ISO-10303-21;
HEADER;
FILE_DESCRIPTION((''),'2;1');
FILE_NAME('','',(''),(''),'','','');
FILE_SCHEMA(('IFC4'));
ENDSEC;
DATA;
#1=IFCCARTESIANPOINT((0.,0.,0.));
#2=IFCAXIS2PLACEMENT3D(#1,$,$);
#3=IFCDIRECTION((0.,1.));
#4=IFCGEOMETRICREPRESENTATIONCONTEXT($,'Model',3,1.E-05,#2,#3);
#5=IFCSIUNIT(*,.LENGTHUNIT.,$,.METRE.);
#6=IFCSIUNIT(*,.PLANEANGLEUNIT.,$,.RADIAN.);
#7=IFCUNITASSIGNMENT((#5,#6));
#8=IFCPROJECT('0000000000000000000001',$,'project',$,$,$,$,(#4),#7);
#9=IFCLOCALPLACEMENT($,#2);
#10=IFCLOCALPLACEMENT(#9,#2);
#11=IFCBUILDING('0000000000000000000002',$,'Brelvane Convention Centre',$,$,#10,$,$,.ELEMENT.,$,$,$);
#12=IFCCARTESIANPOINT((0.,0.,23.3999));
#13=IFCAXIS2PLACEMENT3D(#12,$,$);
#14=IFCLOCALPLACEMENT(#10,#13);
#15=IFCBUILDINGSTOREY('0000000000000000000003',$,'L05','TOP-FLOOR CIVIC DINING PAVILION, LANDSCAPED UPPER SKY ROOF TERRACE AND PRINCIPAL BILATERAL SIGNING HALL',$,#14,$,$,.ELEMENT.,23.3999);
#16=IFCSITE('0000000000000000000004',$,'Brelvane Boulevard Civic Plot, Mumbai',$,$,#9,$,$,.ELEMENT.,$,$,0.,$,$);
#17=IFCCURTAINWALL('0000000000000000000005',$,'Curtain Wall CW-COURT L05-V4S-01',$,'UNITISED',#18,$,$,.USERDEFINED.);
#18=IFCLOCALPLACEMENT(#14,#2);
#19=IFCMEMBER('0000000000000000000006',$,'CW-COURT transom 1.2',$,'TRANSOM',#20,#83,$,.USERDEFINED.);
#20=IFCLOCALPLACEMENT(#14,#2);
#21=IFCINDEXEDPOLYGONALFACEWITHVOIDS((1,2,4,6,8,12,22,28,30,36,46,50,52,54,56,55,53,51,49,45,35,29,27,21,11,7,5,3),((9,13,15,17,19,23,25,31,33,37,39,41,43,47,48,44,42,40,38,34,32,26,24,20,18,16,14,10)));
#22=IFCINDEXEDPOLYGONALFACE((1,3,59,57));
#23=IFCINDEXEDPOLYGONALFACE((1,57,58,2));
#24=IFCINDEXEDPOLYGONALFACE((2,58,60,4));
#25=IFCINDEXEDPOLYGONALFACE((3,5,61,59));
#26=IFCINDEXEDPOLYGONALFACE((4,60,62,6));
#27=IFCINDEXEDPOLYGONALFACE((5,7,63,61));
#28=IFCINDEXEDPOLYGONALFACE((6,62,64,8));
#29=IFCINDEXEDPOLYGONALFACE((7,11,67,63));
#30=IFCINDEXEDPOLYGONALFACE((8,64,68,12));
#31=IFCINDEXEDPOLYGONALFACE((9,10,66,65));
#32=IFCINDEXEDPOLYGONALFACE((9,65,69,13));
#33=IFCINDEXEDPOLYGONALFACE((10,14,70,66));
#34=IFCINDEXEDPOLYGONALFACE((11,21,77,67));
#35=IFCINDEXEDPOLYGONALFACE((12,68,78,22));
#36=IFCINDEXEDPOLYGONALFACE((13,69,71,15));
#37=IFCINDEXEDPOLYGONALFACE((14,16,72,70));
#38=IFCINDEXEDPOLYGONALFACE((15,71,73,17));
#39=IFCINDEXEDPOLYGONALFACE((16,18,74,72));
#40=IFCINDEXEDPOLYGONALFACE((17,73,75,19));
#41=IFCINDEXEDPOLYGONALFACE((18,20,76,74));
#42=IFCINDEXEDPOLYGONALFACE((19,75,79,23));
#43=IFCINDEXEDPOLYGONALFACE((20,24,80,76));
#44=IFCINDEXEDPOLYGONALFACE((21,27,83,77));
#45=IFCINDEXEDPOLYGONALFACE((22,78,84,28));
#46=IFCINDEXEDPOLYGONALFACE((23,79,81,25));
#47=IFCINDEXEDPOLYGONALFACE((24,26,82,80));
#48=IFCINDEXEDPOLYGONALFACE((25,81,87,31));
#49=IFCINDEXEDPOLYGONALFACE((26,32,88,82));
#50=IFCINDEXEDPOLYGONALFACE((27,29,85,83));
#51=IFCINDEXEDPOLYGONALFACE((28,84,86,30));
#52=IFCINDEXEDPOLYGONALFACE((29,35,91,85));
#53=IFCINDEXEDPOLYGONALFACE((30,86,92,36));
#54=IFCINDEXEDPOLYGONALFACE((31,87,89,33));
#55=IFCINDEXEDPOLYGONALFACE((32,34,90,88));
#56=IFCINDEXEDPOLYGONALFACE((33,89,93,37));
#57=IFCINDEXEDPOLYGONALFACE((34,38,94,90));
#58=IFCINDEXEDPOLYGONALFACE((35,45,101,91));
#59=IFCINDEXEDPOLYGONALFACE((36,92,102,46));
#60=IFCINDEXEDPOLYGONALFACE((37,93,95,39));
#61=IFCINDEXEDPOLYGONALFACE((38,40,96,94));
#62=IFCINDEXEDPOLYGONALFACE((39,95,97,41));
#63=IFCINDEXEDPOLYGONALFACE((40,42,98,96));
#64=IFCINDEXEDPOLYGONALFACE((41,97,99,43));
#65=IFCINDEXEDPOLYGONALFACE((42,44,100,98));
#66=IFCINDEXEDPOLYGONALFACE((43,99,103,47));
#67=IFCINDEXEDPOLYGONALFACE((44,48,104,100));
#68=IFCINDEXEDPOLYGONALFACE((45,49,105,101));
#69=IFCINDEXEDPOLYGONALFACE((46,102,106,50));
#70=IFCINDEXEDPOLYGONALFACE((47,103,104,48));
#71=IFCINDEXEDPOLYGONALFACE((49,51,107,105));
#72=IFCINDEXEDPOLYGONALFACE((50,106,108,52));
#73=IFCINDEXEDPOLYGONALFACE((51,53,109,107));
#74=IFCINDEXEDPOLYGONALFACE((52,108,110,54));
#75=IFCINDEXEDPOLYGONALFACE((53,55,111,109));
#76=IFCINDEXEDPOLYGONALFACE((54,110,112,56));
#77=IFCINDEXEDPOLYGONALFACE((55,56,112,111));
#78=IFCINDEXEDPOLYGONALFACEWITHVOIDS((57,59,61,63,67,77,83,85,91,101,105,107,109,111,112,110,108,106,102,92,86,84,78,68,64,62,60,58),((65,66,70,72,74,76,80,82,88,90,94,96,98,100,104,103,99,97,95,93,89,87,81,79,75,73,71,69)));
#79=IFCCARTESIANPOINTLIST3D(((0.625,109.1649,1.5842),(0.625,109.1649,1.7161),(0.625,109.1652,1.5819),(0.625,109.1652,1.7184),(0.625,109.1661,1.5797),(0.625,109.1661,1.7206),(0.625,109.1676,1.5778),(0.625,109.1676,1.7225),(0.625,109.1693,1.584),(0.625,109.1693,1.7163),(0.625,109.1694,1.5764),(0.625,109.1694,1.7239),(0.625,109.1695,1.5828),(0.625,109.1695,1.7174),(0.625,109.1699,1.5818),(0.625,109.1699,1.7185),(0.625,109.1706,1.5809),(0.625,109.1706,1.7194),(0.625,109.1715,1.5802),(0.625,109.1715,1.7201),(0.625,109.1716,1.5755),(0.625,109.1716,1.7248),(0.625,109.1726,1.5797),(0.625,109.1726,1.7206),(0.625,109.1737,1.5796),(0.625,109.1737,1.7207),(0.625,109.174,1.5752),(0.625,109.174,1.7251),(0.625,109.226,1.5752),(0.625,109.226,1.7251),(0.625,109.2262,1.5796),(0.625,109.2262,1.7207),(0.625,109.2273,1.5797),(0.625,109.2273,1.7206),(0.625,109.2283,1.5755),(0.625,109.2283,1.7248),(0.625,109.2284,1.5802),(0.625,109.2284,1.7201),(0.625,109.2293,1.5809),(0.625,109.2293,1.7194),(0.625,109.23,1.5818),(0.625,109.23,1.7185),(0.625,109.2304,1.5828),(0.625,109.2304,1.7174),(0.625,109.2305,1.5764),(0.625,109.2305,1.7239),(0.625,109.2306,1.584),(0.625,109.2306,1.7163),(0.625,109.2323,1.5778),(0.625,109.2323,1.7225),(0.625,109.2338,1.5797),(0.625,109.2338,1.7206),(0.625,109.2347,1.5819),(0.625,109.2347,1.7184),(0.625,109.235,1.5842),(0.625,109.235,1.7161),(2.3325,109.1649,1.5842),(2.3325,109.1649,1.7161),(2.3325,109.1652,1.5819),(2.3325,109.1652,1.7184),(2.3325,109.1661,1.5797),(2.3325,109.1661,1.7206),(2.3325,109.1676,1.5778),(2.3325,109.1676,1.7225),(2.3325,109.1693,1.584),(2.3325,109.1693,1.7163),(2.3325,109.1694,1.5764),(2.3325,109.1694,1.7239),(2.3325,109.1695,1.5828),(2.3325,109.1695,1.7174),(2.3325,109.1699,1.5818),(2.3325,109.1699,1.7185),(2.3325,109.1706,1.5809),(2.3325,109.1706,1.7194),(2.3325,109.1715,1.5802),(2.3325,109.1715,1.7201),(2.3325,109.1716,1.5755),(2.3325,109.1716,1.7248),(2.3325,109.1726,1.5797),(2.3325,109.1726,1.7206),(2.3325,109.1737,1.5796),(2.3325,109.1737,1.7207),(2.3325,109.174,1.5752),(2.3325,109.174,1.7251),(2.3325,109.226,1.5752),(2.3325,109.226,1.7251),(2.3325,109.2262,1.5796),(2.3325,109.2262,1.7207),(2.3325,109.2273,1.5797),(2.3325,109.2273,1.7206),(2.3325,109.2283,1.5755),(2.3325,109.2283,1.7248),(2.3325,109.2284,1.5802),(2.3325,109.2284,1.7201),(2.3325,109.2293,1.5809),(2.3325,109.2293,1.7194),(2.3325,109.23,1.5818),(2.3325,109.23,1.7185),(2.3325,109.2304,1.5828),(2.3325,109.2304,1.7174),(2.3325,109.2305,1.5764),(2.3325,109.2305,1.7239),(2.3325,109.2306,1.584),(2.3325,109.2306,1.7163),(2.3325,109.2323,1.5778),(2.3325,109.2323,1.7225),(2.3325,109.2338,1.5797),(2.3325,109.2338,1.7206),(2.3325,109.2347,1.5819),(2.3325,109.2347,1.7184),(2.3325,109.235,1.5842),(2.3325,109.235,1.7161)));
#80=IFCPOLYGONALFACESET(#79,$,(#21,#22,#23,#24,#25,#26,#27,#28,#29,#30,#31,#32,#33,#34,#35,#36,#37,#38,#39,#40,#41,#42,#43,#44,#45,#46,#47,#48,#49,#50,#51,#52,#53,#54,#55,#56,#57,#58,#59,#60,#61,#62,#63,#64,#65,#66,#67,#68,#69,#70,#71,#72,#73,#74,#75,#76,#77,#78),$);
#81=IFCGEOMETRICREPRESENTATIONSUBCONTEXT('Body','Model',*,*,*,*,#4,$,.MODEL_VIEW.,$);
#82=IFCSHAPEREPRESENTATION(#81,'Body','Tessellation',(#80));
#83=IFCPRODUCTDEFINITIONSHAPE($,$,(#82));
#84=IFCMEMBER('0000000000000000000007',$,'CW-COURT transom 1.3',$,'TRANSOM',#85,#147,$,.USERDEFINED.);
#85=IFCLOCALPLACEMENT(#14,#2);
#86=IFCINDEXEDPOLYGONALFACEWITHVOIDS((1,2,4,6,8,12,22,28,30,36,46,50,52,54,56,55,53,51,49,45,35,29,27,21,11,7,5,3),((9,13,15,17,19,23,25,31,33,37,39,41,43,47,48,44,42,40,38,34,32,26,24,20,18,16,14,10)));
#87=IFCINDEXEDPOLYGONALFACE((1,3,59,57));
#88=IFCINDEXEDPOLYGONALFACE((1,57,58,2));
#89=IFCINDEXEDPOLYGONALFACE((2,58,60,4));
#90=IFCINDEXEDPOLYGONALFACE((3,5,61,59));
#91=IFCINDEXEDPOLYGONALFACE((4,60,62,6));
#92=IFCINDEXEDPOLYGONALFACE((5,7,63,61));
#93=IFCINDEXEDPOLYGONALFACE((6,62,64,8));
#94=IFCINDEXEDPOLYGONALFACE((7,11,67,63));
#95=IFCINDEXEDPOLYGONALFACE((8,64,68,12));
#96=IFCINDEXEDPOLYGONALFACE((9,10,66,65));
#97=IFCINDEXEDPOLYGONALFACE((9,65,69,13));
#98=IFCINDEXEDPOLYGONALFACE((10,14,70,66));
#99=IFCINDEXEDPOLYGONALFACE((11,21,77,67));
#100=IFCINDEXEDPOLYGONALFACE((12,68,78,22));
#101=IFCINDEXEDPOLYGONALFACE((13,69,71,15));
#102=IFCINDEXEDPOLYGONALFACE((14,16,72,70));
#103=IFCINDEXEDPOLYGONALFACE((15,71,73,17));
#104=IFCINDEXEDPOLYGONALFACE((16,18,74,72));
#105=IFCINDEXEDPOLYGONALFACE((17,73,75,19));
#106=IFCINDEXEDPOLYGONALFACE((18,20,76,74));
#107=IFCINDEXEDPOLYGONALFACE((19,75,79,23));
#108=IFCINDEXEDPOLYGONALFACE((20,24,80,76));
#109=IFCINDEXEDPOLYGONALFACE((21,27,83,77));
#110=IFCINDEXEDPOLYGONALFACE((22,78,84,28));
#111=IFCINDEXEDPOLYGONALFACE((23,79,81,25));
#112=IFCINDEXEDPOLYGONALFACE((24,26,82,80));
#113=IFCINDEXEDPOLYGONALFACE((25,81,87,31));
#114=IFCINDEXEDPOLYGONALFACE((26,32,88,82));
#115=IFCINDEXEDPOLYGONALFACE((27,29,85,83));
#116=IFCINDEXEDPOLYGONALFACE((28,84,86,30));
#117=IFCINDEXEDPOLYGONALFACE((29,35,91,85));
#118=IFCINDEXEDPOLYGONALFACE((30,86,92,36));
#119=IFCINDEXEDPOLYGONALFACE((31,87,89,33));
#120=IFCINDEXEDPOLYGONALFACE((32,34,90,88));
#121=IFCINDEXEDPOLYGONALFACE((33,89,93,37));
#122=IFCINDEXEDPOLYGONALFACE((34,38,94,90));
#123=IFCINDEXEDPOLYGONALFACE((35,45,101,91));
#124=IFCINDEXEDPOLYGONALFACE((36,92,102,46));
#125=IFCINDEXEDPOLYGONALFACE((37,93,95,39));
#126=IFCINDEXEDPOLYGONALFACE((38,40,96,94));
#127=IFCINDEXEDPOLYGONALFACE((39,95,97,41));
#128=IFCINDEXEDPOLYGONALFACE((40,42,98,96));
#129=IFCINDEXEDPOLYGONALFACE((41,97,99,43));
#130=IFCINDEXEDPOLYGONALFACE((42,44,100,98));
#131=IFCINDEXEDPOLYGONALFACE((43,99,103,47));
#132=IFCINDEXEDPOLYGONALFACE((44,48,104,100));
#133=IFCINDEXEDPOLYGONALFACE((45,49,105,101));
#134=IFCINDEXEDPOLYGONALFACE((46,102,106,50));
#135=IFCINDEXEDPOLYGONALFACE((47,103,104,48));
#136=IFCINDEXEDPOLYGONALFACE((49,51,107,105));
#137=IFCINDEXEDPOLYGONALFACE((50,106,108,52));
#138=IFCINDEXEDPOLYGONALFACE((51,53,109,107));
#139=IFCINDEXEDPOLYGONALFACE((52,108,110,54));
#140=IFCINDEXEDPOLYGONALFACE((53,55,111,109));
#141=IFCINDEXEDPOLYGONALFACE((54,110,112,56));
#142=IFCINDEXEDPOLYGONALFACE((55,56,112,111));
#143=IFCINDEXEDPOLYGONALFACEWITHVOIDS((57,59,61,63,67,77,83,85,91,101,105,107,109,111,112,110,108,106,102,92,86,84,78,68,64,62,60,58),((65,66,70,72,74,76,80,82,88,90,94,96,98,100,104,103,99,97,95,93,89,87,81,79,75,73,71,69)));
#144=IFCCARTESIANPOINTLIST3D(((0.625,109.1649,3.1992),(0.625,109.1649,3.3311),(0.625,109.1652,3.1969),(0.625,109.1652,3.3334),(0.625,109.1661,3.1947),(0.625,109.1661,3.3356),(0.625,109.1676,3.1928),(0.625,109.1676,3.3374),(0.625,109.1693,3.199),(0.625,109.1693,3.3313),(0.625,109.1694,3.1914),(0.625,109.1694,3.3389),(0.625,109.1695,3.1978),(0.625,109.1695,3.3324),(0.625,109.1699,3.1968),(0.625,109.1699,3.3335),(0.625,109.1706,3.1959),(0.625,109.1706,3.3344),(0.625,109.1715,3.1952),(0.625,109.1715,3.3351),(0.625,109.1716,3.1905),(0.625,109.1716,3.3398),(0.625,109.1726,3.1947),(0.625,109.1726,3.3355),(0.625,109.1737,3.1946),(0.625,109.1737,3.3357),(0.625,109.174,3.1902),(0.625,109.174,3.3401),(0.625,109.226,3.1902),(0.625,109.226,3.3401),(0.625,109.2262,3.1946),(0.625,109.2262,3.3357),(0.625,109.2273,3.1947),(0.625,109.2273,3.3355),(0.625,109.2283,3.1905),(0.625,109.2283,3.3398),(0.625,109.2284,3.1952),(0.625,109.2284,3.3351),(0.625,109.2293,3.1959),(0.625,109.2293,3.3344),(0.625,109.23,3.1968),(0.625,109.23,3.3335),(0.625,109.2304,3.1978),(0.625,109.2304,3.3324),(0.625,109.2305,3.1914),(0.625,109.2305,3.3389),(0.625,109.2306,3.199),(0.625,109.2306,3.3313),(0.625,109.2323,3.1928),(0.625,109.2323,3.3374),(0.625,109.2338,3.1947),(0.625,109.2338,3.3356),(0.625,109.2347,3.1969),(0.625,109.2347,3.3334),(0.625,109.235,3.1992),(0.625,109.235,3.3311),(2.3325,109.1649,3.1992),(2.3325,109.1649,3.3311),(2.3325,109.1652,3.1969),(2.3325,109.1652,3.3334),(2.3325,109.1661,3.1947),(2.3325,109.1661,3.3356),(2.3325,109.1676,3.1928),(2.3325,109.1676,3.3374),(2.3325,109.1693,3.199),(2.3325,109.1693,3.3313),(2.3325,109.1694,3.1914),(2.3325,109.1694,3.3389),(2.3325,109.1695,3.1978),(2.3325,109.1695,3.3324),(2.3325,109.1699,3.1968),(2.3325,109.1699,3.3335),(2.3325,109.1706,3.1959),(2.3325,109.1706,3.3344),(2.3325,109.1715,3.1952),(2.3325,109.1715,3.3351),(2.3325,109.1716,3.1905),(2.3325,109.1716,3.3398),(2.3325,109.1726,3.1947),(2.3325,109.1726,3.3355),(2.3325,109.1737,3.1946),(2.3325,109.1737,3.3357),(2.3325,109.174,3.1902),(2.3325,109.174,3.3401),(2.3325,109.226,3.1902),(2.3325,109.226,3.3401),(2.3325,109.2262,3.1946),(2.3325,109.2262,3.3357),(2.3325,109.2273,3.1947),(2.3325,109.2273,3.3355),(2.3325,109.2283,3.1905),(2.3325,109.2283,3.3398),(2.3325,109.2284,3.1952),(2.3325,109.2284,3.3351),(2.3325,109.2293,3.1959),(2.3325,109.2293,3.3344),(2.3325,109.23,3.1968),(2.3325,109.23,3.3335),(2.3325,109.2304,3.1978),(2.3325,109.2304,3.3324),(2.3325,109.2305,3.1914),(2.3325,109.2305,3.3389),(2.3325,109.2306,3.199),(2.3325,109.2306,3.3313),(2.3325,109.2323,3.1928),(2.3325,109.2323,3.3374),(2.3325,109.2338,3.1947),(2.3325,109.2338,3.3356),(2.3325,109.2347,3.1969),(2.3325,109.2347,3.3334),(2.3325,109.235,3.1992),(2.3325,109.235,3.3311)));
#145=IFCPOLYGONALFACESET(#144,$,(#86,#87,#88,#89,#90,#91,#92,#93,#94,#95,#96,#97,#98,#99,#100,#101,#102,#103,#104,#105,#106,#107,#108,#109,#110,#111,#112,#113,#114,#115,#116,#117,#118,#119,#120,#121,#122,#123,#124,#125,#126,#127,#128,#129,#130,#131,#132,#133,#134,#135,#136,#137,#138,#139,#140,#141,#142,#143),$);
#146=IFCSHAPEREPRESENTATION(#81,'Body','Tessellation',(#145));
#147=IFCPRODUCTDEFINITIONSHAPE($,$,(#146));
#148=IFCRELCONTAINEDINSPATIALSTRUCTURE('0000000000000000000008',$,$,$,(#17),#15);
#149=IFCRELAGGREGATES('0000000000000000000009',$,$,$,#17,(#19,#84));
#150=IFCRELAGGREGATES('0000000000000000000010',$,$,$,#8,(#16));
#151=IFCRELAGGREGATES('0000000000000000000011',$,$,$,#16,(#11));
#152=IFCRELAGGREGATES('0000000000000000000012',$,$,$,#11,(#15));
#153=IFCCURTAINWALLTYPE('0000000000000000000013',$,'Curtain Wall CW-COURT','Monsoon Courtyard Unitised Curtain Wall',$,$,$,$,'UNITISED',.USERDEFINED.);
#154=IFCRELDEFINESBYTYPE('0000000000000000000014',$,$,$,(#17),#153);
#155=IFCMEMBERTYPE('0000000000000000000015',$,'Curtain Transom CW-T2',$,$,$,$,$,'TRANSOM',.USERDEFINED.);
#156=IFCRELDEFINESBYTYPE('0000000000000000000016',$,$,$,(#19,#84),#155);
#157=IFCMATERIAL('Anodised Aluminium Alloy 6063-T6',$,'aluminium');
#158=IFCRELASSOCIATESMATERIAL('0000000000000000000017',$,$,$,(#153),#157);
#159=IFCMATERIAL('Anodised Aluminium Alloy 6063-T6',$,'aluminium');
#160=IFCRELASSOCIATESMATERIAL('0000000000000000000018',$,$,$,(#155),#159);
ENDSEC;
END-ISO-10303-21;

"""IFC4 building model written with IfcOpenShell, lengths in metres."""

from ifc_helpers import new_model, si_unit, direction, frame, origin, origin_2d, place, context, subcontext, project, spatial, hollow_rectangle, extrude, material, material_profile, profile_set, type_object, element, aggregate, save


model = new_model("IFC4")

# Units and contexts
model_context = context("Model", 3, precision=1e-05, world=origin(), true_north=direction((0.0, 1.0)))
body_context = subcontext(model_context, "Body", "Model", "MODEL_VIEW")
ifc_project = project(units=[si_unit("LENGTHUNIT", "METRE"), si_unit("PLANEANGLEUNIT", "RADIAN")], contexts=[model_context])

# Site, building, storey
site_placement = place(None, origin())
site = spatial("IfcSite", under=ifc_project, at=site_placement, Name="Brelvane Boulevard Civic Plot, Mumbai", CompositionType="ELEMENT", RefElevation=0.0)
building_placement = place(site_placement, origin())
building = spatial("IfcBuilding", under=site, at=building_placement, Name="Brelvane Convention Centre", CompositionType="ELEMENT")
storey_placement = place(building_placement, frame((0.0, 0.0, 23.3999)))
storey = spatial("IfcBuildingStorey", under=building, at=storey_placement, Name="L05", Description="TOP-FLOOR CIVIC DINING PAVILION, LANDSCAPED UPPER SKY ROOF TERRACE AND PRINCIPAL BILATERAL SIGNING HALL", CompositionType="ELEMENT", Elevation=23.3999)

# Curtain wall
ifc_material_1 = material(Name="Anodised Aluminium Alloy 6063-T6", Category="aluminium")
curtain_wall_type = type_object("IfcCurtainWallType", Name="Curtain Wall CW-COURT", Description="Monsoon Courtyard Unitised Curtain Wall", ElementType="UNITISED", PredefinedType="USERDEFINED", material=ifc_material_1)
curtain_wall_1_placement = place(storey_placement, origin())
curtain_wall_1 = element("IfcCurtainWall", 1, at=curtain_wall_1_placement, inside=storey, type_object=curtain_wall_type, Name="Curtain Wall CW-COURT L05-V4S-01", ObjectType="UNITISED", PredefinedType="USERDEFINED")

# Members
ifc_material_2 = material(Name="Anodised Aluminium Alloy 6063-T6", Category="aluminium")
ifc_material_profile_1 = material_profile(ifc_material_2, hollow_rectangle(XDim=0.0701, YDim=0.1499, WallThickness=0.0044, InnerFilletRadius=0.0044, OuterFilletRadius=0.009, at=origin_2d()), Name="ALU-T 150x70x4.5")
ifc_profile_set_1 = profile_set([ifc_material_profile_1], Name="Anodised Aluminium Alloy 6063-T6")
member_type_1 = type_object("IfcMemberType", Name="Curtain Transom CW-T2", ElementType="TRANSOM", PredefinedType="USERDEFINED", material=ifc_profile_set_1)
member_1_placement = place(storey_placement, frame((0.625, 109.2, 1.6501), z_axis=(1.0, 0.0, 0.0), x_axis=(0.0, 1.0, 0.0)))
member_1 = element("IfcMember", 2, at=member_1_placement, type_object=member_type_1, Name="CW-COURT transom 1.2", ObjectType="TRANSOM", PredefinedType="USERDEFINED", context=body_context, shape_type="SweptSolid", body=[
    extrude(hollow_rectangle(XDim=0.0701, YDim=0.1499, WallThickness=0.0044, InnerFilletRadius=0.0044, OuterFilletRadius=0.009, at=origin_2d()), origin(), (0.0, 0.0, 1.0), 1.7075),
])
member_2_placement = place(storey_placement, frame((0.625, 109.2, 3.2651), z_axis=(1.0, 0.0, 0.0), x_axis=(0.0, 1.0, 0.0)))
member_2 = element("IfcMember", 3, at=member_2_placement, type_object=member_type_1, Name="CW-COURT transom 1.3", ObjectType="TRANSOM", PredefinedType="USERDEFINED", context=body_context, shape_type="SweptSolid", body=[
    extrude(hollow_rectangle(XDim=0.0701, YDim=0.1499, WallThickness=0.0044, InnerFilletRadius=0.0044, OuterFilletRadius=0.009, at=origin_2d()), origin(), (0.0, 0.0, 1.0), 1.7075),
])

aggregate(curtain_wall_1, [member_1, member_2])

save(model, "model.ifc")
